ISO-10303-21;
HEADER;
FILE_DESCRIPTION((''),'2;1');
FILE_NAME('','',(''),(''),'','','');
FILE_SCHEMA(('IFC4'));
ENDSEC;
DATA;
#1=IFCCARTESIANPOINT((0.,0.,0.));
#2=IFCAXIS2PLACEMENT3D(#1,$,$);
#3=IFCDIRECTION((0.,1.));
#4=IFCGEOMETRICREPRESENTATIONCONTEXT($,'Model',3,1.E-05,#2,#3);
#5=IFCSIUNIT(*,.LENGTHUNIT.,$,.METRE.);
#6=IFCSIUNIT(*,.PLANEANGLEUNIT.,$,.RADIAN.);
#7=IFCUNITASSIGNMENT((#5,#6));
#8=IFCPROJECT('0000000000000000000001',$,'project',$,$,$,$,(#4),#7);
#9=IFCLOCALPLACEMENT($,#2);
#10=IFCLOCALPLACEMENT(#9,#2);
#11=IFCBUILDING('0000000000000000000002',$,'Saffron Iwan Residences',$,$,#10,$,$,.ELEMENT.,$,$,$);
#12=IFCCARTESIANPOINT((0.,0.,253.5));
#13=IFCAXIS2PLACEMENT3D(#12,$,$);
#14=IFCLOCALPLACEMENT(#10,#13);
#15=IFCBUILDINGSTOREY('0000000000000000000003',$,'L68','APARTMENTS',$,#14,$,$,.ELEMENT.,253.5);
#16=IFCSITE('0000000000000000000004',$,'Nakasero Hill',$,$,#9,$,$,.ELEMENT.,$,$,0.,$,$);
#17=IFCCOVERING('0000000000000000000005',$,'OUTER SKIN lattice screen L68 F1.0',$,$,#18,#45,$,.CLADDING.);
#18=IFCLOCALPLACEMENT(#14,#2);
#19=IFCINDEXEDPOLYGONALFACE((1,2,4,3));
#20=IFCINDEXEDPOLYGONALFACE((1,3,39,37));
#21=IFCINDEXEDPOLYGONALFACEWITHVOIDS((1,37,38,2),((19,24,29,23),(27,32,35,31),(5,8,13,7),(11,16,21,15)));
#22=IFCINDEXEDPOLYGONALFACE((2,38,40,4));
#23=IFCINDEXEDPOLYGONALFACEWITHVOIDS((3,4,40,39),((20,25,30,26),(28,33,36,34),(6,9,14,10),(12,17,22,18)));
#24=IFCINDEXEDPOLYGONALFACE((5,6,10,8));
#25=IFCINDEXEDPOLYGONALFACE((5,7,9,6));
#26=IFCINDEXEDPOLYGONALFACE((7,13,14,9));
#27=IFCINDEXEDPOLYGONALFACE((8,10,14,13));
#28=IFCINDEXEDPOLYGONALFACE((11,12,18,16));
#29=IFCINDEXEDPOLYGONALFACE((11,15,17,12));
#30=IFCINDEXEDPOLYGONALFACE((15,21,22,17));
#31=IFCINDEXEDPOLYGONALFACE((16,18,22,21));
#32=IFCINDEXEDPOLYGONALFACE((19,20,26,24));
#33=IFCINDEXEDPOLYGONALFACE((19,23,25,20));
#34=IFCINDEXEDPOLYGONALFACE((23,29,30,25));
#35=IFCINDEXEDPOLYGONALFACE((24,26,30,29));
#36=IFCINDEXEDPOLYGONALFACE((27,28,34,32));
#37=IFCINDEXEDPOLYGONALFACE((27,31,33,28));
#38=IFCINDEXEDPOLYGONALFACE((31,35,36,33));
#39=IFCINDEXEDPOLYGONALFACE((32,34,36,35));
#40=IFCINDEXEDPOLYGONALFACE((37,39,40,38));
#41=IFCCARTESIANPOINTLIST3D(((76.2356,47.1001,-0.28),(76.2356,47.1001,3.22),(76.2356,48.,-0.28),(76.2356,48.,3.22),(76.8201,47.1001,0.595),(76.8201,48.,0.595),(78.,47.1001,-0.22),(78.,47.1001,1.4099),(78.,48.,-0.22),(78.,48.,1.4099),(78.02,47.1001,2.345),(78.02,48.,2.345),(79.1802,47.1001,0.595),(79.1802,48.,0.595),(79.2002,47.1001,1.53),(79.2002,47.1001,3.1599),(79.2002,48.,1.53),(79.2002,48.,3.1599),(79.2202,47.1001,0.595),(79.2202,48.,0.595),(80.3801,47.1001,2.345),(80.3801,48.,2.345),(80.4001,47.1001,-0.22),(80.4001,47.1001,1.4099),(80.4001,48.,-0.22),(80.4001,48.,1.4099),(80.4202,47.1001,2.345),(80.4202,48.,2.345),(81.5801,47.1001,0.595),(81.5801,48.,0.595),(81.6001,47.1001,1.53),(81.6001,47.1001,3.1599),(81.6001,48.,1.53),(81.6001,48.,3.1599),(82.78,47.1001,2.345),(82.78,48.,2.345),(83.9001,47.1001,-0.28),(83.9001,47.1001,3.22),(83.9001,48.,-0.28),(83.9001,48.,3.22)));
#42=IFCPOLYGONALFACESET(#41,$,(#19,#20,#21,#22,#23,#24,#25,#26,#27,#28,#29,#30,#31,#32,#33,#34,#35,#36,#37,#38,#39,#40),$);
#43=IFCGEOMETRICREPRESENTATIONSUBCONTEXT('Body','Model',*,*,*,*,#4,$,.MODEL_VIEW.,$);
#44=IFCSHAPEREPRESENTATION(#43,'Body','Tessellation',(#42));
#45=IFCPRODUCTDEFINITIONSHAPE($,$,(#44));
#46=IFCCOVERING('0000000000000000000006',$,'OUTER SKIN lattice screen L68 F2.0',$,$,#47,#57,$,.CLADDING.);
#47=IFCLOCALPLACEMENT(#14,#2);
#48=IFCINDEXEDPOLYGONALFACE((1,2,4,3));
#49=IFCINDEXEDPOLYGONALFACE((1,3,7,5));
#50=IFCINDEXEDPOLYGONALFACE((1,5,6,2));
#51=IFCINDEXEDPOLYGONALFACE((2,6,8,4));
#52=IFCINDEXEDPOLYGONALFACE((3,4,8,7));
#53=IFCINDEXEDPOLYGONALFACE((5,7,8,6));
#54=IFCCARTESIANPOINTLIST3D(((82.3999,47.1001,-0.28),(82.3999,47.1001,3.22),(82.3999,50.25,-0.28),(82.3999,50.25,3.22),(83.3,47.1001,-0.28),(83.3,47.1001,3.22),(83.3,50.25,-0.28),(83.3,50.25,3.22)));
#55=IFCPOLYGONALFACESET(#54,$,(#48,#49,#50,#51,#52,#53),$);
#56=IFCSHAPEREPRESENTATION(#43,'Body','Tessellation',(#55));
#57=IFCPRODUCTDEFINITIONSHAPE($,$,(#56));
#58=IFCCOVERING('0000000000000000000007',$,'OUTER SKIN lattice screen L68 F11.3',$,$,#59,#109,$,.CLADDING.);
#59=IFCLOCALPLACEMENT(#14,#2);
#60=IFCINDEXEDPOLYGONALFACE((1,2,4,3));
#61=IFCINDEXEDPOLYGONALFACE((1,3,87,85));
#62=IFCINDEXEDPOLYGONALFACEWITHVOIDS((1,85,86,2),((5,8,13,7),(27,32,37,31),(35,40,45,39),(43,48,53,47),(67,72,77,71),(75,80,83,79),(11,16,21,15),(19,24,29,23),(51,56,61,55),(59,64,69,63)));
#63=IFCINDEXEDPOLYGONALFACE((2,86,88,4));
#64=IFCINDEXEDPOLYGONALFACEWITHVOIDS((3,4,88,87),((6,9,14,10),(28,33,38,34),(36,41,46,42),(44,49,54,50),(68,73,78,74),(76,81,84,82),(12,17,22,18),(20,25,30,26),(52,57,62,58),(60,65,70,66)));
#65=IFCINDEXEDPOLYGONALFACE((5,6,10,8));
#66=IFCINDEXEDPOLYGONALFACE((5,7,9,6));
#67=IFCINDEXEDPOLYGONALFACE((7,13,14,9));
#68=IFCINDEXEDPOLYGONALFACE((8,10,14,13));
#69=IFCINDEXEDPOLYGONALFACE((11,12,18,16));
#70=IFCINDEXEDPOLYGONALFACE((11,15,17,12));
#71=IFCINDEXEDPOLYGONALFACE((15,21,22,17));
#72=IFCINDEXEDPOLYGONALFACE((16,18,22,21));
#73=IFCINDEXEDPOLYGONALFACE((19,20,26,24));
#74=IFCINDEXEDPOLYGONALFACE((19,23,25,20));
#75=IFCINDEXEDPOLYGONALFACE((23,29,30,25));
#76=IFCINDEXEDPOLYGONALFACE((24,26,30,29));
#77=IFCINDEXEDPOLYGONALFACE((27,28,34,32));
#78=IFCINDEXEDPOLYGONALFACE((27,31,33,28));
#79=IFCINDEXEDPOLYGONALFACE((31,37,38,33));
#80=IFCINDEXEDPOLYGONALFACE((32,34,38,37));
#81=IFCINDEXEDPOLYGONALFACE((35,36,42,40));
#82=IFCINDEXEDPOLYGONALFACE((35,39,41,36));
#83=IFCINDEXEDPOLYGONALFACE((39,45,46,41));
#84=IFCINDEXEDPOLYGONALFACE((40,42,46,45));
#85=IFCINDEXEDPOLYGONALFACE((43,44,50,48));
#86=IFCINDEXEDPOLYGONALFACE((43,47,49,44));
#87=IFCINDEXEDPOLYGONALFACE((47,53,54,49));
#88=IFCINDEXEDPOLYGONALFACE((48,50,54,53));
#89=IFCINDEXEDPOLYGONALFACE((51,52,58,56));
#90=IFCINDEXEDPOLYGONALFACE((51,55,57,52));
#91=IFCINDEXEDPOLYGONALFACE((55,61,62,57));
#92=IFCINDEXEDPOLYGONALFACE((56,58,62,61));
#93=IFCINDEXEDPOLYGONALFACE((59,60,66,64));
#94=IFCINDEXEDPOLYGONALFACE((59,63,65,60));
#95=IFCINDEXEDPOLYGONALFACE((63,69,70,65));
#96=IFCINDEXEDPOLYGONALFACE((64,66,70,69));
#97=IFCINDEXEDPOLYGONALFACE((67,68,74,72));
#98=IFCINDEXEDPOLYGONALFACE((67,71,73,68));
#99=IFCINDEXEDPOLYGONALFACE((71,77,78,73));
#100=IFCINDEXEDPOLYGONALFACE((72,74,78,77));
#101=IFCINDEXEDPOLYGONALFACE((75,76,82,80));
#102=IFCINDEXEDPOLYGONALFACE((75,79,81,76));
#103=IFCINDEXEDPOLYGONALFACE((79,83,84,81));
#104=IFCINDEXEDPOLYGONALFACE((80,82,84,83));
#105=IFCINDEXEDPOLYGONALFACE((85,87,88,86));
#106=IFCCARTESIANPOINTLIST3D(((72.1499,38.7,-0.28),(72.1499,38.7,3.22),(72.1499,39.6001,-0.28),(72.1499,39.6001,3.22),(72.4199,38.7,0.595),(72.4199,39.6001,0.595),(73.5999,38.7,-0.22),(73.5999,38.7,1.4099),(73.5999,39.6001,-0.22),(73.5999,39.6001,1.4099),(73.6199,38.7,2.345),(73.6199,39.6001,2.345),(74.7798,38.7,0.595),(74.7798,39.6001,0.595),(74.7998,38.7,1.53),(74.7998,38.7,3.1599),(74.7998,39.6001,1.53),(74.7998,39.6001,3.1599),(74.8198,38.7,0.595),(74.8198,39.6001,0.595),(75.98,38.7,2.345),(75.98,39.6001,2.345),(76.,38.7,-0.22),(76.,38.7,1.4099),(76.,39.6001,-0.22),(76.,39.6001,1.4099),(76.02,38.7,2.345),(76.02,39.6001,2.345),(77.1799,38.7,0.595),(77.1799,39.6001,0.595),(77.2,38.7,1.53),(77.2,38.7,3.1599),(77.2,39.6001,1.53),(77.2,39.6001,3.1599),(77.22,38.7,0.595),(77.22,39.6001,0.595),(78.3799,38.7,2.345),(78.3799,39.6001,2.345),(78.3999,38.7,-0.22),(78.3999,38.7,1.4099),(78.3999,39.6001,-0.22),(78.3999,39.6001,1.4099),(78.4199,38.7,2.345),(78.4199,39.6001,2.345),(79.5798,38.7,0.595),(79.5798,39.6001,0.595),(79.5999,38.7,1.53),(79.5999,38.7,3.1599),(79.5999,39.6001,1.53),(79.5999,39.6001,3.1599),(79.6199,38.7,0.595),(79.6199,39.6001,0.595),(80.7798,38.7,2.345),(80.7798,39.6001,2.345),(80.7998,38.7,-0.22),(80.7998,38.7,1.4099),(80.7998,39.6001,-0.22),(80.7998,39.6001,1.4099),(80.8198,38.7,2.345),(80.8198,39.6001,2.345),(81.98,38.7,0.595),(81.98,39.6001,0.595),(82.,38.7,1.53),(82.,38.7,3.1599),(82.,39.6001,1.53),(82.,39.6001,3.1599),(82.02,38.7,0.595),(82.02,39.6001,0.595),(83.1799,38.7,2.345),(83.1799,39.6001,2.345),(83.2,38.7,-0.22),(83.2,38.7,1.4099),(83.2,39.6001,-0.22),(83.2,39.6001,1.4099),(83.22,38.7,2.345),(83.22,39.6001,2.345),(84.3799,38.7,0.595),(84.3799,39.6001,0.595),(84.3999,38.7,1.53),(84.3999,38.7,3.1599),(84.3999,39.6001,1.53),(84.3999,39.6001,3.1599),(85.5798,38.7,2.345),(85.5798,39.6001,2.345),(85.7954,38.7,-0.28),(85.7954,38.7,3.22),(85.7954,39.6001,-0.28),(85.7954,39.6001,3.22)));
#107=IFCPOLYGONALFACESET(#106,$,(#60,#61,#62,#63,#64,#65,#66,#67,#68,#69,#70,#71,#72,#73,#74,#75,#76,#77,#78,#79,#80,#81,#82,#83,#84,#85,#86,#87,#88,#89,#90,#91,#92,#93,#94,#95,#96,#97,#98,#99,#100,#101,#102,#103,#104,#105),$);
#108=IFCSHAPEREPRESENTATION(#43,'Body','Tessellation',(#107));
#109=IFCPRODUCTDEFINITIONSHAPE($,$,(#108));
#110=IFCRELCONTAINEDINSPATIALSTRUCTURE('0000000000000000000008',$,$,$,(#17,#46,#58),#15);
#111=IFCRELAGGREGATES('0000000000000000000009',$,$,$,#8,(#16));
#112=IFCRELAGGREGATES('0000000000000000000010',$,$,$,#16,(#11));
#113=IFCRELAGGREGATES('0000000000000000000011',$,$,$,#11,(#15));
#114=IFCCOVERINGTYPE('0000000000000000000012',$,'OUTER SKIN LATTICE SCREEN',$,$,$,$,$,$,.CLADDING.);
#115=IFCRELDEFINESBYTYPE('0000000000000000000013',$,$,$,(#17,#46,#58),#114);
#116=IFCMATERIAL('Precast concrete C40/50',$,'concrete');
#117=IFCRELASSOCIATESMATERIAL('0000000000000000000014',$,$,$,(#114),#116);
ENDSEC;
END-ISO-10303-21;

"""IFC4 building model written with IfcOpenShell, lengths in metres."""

from ifc_helpers import new_model, si_unit, direction, frame, origin, place, context, subcontext, project, spatial, polyline, outline, extrude, material, type_object, element, save


model = new_model("IFC4")

# Units and contexts
model_context = context("Model", 3, precision=1e-05, world=origin(), true_north=direction((0.0, 1.0)))
body_context = subcontext(model_context, "Body", "Model", "MODEL_VIEW")
ifc_project = project(units=[si_unit("LENGTHUNIT", "METRE"), si_unit("PLANEANGLEUNIT", "RADIAN")], contexts=[model_context])

# Site, building, storey
site_placement = place(None, origin())
site = spatial("IfcSite", under=ifc_project, at=site_placement, Name="Nakasero Hill", CompositionType="ELEMENT", RefElevation=0.0)
building_placement = place(site_placement, origin())
building = spatial("IfcBuilding", under=site, at=building_placement, Name="Saffron Iwan Residences", CompositionType="ELEMENT")
storey_placement = place(building_placement, frame((0.0, 0.0, 253.5)))
storey = spatial("IfcBuildingStorey", under=building, at=storey_placement, Name="L68", Description="APARTMENTS", CompositionType="ELEMENT", Elevation=253.5)

# Coverings
ifc_material_1 = material(Name="Precast concrete C40/50", Category="concrete")
covering_type = type_object("IfcCoveringType", Name="OUTER SKIN LATTICE SCREEN", PredefinedType="CLADDING", material=ifc_material_1)
covering_1_placement = place(storey_placement, frame((76.2356, 48.0, -0.28), z_axis=(0.0, -1.0, 0.0), x_axis=(1.0, 0.0, 0.0)))
element("IfcCovering", 1, at=covering_1_placement, inside=storey, type_object=covering_type, Name="OUTER SKIN lattice screen L68 F1.0", PredefinedType="CLADDING", context=body_context, shape_type="SweptSolid", body=[
    extrude(outline(polyline([(0.0, 0.0), (7.6646, 0.0), (7.6646, 3.5), (0.0, 3.5), (0.0, 0.0)]), holes=[polyline([(0.5845, 0.875), (1.7644, 0.0601), (2.9446, 0.875), (1.7644, 1.6899), (0.5845, 0.875)]), polyline([(2.9846, 0.875), (4.1646, 0.0601), (5.3445, 0.875), (4.1646, 1.6899), (2.9846, 0.875)]), polyline([(1.7844, 2.625), (2.9646, 1.8101), (4.1445, 2.625), (2.9646, 3.4399), (1.7844, 2.625)]), polyline([(4.1846, 2.625), (5.3645, 1.8101), (6.5444, 2.625), (5.3645, 3.4399), (4.1846, 2.625)])]), origin(), (0.0, 0.0, 1.0), 0.8999),
])
covering_2_placement = place(storey_placement, frame((82.3999, 47.1001, -0.28), z_axis=(1.0, 0.0, 0.0), x_axis=(0.0, 1.0, 0.0)))
element("IfcCovering", 2, at=covering_2_placement, inside=storey, type_object=covering_type, Name="OUTER SKIN lattice screen L68 F2.0", PredefinedType="CLADDING", context=body_context, shape_type="SweptSolid", body=[
    extrude(outline(polyline([(0.0, 0.0), (3.1499, 0.0), (3.1499, 3.5), (0.0, 3.5), (0.0, 0.0)])), origin(), (0.0, 0.0, 1.0), 0.9001),
])
covering_3_placement = place(storey_placement, frame((72.1499, 39.6001, -0.28), z_axis=(0.0, -1.0, 0.0), x_axis=(1.0, 0.0, 0.0)))
element("IfcCovering", 3, at=covering_3_placement, inside=storey, type_object=covering_type, Name="OUTER SKIN lattice screen L68 F11.3", PredefinedType="CLADDING", context=body_context, shape_type="SweptSolid", body=[
    extrude(outline(polyline([(0.0, 0.0), (13.6455, 0.0), (13.6455, 3.5), (0.0, 3.5), (0.0, 0.0)]), holes=[polyline([(0.27, 0.875), (1.45, 0.0601), (2.6299, 0.875), (1.45, 1.6899), (0.27, 0.875)]), polyline([(2.6699, 0.875), (3.8501, 0.0601), (5.03, 0.875), (3.8501, 1.6899), (2.6699, 0.875)]), polyline([(5.0701, 0.875), (6.25, 0.0601), (7.4299, 0.875), (6.25, 1.6899), (5.0701, 0.875)]), polyline([(7.47, 0.875), (8.6499, 0.0601), (9.8301, 0.875), (8.6499, 1.6899), (7.47, 0.875)]), polyline([(9.8701, 0.875), (11.05, 0.0601), (12.23, 0.875), (11.05, 1.6899), (9.8701, 0.875)]), polyline([(1.47, 2.625), (2.6499, 1.8101), (3.8301, 2.625), (2.6499, 3.4399), (1.47, 2.625)]), polyline([(3.8701, 2.625), (5.05, 1.8101), (6.23, 2.625), (5.05, 3.4399), (3.8701, 2.625)]), polyline([(6.27, 2.625), (7.45, 1.8101), (8.6299, 2.625), (7.45, 3.4399), (6.27, 2.625)]), polyline([(8.6699, 2.625), (9.8501, 1.8101), (11.03, 2.625), (9.8501, 3.4399), (8.6699, 2.625)]), polyline([(11.0701, 2.625), (12.25, 1.8101), (13.4299, 2.625), (12.25, 3.4399), (11.0701, 2.625)])]), origin(), (0.0, 0.0, 1.0), 0.9001),
])

save(model, "model.ifc")
